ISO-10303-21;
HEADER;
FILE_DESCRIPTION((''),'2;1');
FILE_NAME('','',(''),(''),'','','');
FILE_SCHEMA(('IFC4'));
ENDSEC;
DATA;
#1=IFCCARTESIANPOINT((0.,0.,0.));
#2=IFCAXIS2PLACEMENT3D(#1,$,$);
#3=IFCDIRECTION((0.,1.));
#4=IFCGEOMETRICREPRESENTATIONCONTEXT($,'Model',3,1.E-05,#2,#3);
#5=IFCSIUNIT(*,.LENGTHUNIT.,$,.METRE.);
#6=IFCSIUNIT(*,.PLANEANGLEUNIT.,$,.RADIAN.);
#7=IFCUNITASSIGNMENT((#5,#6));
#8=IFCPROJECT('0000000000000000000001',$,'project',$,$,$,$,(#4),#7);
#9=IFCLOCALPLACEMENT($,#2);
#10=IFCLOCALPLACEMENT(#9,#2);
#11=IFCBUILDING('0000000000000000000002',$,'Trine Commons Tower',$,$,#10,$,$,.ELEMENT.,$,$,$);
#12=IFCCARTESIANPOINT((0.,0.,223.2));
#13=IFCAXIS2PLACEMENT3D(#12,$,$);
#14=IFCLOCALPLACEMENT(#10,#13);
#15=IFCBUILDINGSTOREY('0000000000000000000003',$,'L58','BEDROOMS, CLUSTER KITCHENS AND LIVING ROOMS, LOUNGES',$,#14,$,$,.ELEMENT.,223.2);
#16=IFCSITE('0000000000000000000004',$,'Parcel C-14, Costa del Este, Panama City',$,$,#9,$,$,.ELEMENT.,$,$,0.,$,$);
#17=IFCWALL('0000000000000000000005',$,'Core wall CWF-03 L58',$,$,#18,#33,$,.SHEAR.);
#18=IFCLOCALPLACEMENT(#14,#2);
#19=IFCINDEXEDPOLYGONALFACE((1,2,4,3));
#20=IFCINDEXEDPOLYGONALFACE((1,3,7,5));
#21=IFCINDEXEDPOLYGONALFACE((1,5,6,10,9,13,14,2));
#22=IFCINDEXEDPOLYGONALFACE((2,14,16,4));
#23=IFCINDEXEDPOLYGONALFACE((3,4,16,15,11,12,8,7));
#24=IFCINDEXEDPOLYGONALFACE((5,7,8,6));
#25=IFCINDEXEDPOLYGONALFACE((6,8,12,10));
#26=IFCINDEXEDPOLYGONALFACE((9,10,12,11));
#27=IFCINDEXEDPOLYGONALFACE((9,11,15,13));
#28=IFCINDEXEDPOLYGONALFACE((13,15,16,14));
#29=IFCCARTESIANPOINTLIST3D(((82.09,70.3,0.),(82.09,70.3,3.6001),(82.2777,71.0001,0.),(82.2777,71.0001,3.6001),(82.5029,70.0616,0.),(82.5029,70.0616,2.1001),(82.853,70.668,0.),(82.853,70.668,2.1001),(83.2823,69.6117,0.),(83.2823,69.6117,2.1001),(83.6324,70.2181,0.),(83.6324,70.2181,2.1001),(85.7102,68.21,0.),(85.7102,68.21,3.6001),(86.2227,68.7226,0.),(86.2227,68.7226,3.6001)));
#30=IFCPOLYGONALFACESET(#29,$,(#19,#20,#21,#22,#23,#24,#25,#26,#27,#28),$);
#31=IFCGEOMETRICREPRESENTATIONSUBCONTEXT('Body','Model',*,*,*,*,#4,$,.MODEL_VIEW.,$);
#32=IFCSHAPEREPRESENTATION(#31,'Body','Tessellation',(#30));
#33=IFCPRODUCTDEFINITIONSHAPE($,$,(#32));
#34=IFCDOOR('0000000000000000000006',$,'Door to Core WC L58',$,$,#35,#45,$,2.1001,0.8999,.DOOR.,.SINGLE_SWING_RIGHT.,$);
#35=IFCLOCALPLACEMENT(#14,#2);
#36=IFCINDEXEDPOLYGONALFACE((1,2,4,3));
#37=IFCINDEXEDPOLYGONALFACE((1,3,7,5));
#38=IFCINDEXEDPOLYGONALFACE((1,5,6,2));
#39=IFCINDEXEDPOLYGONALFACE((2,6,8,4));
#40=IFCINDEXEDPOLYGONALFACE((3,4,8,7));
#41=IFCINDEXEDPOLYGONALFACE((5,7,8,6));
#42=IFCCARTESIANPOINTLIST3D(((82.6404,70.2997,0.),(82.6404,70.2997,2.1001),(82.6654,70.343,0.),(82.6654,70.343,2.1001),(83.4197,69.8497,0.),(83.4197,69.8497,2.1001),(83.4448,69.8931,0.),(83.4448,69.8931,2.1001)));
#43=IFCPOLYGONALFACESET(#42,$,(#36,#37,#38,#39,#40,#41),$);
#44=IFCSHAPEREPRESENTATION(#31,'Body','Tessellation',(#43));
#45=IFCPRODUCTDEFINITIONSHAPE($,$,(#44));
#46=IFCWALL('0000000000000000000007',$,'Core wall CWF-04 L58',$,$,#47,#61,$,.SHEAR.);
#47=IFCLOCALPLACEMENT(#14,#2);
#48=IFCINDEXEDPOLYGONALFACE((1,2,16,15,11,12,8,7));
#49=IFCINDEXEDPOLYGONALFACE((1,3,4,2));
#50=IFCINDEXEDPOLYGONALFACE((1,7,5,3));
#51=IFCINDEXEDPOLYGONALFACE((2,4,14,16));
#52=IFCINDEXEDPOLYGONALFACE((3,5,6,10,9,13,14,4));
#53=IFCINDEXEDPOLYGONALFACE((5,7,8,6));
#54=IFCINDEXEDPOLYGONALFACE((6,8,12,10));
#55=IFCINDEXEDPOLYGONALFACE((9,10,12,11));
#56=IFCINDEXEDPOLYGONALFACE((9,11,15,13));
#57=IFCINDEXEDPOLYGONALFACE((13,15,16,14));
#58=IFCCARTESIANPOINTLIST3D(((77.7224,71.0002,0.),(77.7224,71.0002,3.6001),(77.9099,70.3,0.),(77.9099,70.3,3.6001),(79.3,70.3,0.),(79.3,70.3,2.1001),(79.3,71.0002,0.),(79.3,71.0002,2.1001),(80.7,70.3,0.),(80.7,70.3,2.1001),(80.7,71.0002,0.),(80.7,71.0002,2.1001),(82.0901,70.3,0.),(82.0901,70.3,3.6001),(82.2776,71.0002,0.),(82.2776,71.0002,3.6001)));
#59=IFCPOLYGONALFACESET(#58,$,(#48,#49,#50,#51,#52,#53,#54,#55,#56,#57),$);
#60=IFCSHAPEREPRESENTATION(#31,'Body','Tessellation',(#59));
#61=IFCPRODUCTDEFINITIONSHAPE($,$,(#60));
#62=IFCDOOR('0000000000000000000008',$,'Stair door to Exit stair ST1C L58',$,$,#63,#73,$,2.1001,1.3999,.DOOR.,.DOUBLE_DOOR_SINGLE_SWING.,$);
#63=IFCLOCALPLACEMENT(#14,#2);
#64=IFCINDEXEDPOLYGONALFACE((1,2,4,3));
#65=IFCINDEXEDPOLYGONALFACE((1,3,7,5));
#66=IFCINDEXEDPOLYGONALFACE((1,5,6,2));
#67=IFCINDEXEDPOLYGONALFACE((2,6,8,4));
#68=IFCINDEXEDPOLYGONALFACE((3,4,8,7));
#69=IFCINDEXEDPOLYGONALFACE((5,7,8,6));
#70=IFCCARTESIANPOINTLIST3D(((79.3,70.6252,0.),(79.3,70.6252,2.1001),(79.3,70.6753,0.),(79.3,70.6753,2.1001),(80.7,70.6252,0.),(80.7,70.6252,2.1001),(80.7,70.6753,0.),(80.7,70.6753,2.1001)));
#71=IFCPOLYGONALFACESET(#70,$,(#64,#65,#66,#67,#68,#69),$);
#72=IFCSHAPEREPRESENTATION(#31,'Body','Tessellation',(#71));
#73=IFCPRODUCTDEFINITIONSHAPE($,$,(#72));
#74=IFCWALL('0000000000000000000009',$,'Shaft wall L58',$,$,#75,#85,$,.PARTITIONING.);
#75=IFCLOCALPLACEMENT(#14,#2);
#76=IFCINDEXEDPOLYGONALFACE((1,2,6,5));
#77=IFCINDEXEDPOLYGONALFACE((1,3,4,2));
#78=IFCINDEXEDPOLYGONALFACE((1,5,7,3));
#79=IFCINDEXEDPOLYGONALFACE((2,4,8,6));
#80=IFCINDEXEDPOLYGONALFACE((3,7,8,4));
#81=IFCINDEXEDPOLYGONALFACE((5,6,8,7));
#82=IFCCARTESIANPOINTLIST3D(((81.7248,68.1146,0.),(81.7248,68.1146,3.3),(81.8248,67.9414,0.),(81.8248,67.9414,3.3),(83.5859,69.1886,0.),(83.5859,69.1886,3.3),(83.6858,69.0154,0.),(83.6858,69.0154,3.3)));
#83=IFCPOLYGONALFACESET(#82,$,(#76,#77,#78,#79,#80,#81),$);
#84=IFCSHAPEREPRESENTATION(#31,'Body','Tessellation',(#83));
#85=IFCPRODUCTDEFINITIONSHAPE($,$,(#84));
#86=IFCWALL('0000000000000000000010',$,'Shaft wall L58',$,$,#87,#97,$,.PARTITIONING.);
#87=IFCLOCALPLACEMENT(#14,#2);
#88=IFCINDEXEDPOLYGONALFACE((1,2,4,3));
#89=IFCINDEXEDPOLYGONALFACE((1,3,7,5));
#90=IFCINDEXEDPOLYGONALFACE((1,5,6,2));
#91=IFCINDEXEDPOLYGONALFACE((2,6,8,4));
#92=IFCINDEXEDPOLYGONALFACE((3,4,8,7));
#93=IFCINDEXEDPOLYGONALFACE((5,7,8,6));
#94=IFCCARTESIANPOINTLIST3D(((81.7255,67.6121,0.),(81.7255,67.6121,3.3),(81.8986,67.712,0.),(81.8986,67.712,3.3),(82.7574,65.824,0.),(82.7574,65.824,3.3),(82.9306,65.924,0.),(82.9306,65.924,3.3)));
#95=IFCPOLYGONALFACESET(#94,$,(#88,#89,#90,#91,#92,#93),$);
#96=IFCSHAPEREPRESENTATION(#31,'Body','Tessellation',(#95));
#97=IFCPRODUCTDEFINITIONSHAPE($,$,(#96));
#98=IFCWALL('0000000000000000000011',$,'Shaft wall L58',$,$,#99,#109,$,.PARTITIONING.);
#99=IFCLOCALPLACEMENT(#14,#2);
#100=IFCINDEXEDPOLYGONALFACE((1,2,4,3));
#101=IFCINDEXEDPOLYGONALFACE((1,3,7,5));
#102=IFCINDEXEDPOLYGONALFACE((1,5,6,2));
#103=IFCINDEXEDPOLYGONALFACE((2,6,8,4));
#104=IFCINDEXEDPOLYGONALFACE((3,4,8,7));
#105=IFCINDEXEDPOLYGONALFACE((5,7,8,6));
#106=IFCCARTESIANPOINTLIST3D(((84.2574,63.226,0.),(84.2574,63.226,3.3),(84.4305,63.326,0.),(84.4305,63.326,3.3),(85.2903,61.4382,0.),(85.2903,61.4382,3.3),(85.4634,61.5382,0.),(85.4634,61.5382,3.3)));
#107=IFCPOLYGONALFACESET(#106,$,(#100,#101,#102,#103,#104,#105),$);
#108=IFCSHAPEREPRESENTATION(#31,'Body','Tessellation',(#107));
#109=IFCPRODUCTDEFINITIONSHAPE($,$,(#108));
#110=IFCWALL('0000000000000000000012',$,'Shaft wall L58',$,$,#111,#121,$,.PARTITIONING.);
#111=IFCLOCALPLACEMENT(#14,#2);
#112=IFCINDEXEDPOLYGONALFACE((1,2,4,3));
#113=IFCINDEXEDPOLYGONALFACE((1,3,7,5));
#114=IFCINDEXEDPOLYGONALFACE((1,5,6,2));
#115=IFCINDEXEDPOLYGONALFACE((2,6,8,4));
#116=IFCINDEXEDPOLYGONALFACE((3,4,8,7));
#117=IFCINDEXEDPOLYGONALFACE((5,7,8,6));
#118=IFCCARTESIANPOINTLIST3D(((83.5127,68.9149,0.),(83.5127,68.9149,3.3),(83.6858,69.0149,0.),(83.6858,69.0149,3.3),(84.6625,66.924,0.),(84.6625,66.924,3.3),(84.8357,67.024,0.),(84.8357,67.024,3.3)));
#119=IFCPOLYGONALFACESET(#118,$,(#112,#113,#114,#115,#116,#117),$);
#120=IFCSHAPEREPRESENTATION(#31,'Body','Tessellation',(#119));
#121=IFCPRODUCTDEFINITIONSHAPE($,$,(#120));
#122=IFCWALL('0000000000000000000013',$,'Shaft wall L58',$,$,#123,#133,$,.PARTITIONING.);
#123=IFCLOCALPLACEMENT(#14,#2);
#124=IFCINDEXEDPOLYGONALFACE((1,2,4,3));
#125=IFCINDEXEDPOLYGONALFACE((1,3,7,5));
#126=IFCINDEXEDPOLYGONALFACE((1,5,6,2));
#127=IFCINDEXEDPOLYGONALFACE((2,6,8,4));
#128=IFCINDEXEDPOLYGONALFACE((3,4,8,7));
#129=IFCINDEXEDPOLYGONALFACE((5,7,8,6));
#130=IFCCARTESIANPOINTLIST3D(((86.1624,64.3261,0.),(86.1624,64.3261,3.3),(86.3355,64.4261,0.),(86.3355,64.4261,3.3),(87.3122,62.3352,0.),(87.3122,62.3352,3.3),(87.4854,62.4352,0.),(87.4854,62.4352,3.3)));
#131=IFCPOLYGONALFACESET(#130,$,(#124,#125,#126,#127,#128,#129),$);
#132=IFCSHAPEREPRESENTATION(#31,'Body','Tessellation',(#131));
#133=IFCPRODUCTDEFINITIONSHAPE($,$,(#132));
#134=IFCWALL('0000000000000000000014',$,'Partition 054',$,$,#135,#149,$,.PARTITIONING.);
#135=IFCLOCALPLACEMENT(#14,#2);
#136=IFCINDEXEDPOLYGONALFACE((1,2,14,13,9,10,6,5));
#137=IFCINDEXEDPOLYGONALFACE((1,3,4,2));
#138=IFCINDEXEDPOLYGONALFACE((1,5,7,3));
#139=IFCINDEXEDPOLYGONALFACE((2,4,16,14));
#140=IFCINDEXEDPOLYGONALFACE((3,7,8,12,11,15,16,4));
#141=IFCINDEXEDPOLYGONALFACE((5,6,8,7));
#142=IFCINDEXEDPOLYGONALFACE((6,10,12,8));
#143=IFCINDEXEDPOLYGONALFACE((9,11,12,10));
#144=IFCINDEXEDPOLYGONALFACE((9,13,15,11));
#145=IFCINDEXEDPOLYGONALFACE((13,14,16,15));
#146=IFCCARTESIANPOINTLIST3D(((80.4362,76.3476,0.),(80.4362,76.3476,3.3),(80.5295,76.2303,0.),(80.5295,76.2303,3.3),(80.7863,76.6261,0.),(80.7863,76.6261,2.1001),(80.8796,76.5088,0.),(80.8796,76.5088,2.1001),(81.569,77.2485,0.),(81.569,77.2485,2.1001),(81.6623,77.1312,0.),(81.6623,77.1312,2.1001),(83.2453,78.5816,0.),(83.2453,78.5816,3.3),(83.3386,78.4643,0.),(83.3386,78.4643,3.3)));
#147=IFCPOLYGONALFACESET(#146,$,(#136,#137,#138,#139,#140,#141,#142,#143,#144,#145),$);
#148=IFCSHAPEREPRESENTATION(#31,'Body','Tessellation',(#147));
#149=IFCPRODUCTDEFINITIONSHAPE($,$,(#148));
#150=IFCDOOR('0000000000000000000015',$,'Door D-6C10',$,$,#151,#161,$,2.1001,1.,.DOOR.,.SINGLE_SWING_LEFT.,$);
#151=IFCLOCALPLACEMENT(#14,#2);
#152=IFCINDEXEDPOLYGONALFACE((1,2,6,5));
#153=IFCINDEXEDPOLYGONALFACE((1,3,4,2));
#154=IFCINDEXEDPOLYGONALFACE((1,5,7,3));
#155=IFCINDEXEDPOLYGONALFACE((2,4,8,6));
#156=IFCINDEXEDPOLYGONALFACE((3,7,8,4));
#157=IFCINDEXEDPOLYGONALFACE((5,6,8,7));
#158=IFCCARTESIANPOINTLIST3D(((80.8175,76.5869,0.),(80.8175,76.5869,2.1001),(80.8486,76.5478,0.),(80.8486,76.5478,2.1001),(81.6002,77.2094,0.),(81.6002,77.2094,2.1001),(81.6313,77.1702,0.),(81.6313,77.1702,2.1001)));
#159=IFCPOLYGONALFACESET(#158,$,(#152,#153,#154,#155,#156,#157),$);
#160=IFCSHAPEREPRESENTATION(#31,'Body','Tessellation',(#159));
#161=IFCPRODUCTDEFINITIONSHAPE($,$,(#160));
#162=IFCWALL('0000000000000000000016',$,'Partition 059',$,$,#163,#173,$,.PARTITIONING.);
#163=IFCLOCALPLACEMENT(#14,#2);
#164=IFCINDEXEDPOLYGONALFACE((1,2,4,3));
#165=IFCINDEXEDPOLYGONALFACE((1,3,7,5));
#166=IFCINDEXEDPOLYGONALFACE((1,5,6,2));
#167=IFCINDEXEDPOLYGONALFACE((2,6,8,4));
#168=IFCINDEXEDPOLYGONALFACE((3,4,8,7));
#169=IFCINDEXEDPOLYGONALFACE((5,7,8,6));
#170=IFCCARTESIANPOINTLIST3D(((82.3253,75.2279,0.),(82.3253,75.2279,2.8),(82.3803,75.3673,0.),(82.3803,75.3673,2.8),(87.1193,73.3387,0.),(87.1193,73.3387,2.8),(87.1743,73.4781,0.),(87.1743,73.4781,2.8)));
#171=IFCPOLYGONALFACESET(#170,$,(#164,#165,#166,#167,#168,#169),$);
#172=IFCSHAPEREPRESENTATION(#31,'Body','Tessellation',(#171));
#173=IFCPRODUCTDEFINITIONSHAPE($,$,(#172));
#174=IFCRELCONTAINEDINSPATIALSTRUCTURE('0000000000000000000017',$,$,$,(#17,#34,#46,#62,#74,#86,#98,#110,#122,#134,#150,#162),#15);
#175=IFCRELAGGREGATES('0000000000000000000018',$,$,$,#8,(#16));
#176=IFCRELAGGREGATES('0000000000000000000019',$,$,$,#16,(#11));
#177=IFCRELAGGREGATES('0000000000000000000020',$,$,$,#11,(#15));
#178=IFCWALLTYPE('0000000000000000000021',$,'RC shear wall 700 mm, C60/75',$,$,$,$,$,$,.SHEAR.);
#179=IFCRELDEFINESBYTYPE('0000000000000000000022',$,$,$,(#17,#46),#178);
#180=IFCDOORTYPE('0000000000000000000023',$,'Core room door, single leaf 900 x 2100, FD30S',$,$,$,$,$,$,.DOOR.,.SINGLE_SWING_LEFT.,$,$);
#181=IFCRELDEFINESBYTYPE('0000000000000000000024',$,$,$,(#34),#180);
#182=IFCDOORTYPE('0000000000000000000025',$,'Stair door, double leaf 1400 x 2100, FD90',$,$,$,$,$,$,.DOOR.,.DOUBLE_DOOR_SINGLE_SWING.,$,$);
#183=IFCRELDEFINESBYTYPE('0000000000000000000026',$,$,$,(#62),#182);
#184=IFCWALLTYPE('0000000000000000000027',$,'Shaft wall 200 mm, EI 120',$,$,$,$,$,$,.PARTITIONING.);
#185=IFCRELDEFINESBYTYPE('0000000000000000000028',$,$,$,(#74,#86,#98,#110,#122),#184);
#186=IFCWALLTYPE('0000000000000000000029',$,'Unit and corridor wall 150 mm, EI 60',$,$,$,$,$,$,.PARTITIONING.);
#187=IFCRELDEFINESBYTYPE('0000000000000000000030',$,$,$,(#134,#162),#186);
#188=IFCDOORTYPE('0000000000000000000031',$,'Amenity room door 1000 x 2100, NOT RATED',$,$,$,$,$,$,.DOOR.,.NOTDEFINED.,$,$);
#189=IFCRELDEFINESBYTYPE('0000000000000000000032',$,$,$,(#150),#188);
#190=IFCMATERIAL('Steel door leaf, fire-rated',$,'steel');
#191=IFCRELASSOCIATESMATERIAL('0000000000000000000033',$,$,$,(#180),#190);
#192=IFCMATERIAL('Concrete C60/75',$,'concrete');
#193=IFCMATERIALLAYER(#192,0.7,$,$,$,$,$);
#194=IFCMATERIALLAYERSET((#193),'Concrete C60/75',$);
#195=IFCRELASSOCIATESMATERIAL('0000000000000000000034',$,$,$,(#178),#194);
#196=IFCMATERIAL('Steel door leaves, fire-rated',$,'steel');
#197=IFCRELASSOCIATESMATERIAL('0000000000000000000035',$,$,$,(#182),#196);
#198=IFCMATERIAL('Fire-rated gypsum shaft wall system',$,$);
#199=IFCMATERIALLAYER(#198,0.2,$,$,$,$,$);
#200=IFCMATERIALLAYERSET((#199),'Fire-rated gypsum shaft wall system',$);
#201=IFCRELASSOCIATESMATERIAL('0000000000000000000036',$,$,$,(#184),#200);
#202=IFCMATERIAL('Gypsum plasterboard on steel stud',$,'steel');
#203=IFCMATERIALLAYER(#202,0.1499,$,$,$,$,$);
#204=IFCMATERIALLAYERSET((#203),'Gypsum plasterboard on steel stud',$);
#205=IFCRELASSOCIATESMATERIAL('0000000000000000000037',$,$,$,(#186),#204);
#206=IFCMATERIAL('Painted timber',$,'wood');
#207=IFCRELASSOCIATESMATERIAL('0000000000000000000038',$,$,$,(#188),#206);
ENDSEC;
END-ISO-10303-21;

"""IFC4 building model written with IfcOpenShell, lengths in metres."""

from ifc_helpers import new_model, si_unit, direction, frame, frame_2d, origin, place, context, subcontext, project, spatial, polyline, rectangle, outline, extrude, material, layer, layer_set, type_object, element, fill, save


model = new_model("IFC4")

# Units and contexts
model_context = context("Model", 3, precision=1e-05, world=origin(), true_north=direction((0.0, 1.0)))
body_context = subcontext(model_context, "Body", "Model", "MODEL_VIEW")
ifc_project = project(units=[si_unit("LENGTHUNIT", "METRE"), si_unit("PLANEANGLEUNIT", "RADIAN")], contexts=[model_context])

# Site, building, storey
site_placement = place(None, origin())
site = spatial("IfcSite", under=ifc_project, at=site_placement, Name="Parcel C-14, Costa del Este, Panama City", CompositionType="ELEMENT", RefElevation=0.0)
building_placement = place(site_placement, origin())
building = spatial("IfcBuilding", under=site, at=building_placement, Name="Trine Commons Tower", CompositionType="ELEMENT")
storey_placement = place(building_placement, frame((0.0, 0.0, 223.2)))
storey = spatial("IfcBuildingStorey", under=building, at=storey_placement, Name="L58", Description="BEDROOMS, CLUSTER KITCHENS AND LIVING ROOMS, LOUNGES", CompositionType="ELEMENT", Elevation=223.2)

# Shared definitions
ifc_material_1 = material(Name="Fire-rated gypsum shaft wall system")
ifc_material_2 = material(Name="Steel door leaf, fire-rated", Category="steel")
ifc_material_3 = material(Name="Concrete C60/75", Category="concrete")
door_type_1 = type_object("IfcDoorType", Name="Core room door, single leaf 900 x 2100, FD30S", OperationType="SINGLE_SWING_LEFT", PredefinedType="DOOR", material=ifc_material_2)

# Walls, openings, doors
ifc_layer_1 = layer(ifc_material_3, 0.7)
ifc_layer_set_1 = layer_set([ifc_layer_1], Name="Concrete C60/75")
wall_type_1 = type_object("IfcWallType", Name="RC shear wall 700 mm, C60/75", PredefinedType="SHEAR", material=ifc_layer_set_1)
wall_1_placement = place(storey_placement, frame((86.0476, 68.4194, 0.0), z_axis=(0.0, 0.0, 1.0), x_axis=(-0.866035, 0.499984, 0.0)))
wall_1 = element("IfcWall", 1, at=wall_1_placement, inside=storey, type_object=wall_type_1, Name="Core wall CWF-03 L58", PredefinedType="SHEAR", context=body_context, shape_type="SweptSolid", body=[
    extrude(outline(polyline([(0.0, -0.3501), (4.5552, -0.3501), (4.3677, 0.3501), (0.1875, 0.3501), (0.0, -0.3501)])), origin(), (0.0, 0.0, 1.0), 3.6001),
])
opening_1_placement = place(wall_1_placement, frame((2.991, 0.0, 0.0)))
opening_1 = element("IfcOpeningElement", 2, at=opening_1_placement, cuts=wall_1, PredefinedType="OPENING", context=body_context, shape_type="SweptSolid", body=[
    extrude(rectangle(XDim=0.8999, YDim=2.1001, at=frame_2d((0.45, 1.05))), frame((0.0, 0.3599, 0.0), z_axis=(0.0, -1.0, 0.0), x_axis=(1.0, 0.0, 0.0)), (0.0, 0.0, 1.0), 0.72),
])
door_1_placement = place(opening_1_placement, origin())
door_1 = element("IfcDoor", 3, at=door_1_placement, inside=storey, type_object=door_type_1, Name="Door to Core WC L58", OperationType="SINGLE_SWING_RIGHT", OverallHeight=2.1001, OverallWidth=0.8999, PredefinedType="DOOR", context=body_context, shape_type="SweptSolid", body=[
    extrude(rectangle(XDim=0.8999, YDim=2.1001, at=frame_2d((0.45, 1.05))), frame((0.0, 0.0752, 0.0), z_axis=(0.0, -1.0, 0.0), x_axis=(1.0, 0.0, 0.0)), (0.0, 0.0, 1.0), 0.05),
])
fill(opening_1, door_1)
wall_2_placement = place(storey_placement, frame((82.2776, 70.6501, 0.0), z_axis=(0.0, 0.0, 1.0), x_axis=(-1.0, 0.0, 0.0)))
wall_2 = element("IfcWall", 4, at=wall_2_placement, inside=storey, type_object=wall_type_1, Name="Core wall CWF-04 L58", PredefinedType="SHEAR", context=body_context, shape_type="SweptSolid", body=[
    extrude(outline(polyline([(0.0, -0.3501), (4.5552, -0.3501), (4.3677, 0.3501), (0.1875, 0.3501), (0.0, -0.3501)])), origin(), (0.0, 0.0, 1.0), 3.6001),
])
opening_2_placement = place(wall_2_placement, frame((1.5776, 0.0, 0.0)))
opening_2 = element("IfcOpeningElement", 5, at=opening_2_placement, cuts=wall_2, PredefinedType="OPENING", context=body_context, shape_type="SweptSolid", body=[
    extrude(rectangle(XDim=1.3999, YDim=2.1001, at=frame_2d((0.7, 1.05))), frame((0.0, 0.3599, 0.0), z_axis=(0.0, -1.0, 0.0), x_axis=(1.0, 0.0, 0.0)), (0.0, 0.0, 1.0), 0.72),
])
ifc_material_4 = material(Name="Steel door leaves, fire-rated", Category="steel")
door_type_2 = type_object("IfcDoorType", Name="Stair door, double leaf 1400 x 2100, FD90", OperationType="DOUBLE_DOOR_SINGLE_SWING", PredefinedType="DOOR", material=ifc_material_4)
door_2_placement = place(opening_2_placement, origin())
door_2 = element("IfcDoor", 6, at=door_2_placement, inside=storey, type_object=door_type_2, Name="Stair door to Exit stair ST1C L58", OperationType="DOUBLE_DOOR_SINGLE_SWING", OverallHeight=2.1001, OverallWidth=1.3999, PredefinedType="DOOR", context=body_context, shape_type="SweptSolid", body=[
    extrude(rectangle(XDim=1.3999, YDim=2.1001, at=frame_2d((0.7, 1.05))), frame((0.0, 0.0249, 0.0), z_axis=(0.0, -1.0, 0.0), x_axis=(1.0, 0.0, 0.0)), (0.0, 0.0, 1.0), 0.05),
])
fill(opening_2, door_2)

# Walls
ifc_layer_2 = layer(ifc_material_1, 0.2)
ifc_layer_set_2 = layer_set([ifc_layer_2], Name="Fire-rated gypsum shaft wall system")
wall_type_2 = type_object("IfcWallType", Name="Shaft wall 200 mm, EI 120", PredefinedType="PARTITIONING", material=ifc_layer_set_2)
wall_3_placement = place(storey_placement, frame((81.7749, 68.0281, 0.0), z_axis=(0.0, 0.0, 1.0), x_axis=(0.866131, 0.499818, 0.0)))
element("IfcWall", 7, at=wall_3_placement, inside=storey, type_object=wall_type_2, Name="Shaft wall L58", PredefinedType="PARTITIONING", context=body_context, shape_type="SweptSolid", body=[
    extrude(rectangle(XDim=2.1487, YDim=0.2, at=frame_2d((1.0742, 0.0))), origin(), (0.0, 0.0, 1.0), 3.3),
])
wall_4_placement = place(storey_placement, frame((82.844, 65.874, 0.0), z_axis=(0.0, 0.0, 1.0), x_axis=(-0.499866, 0.866103, 0.0)))
element("IfcWall", 8, at=wall_4_placement, inside=storey, type_object=wall_type_2, Name="Shaft wall L58", PredefinedType="PARTITIONING", context=body_context, shape_type="SweptSolid", body=[
    extrude(rectangle(XDim=2.0645, YDim=0.2, at=frame_2d((1.0322, 0.0))), origin(), (0.0, 0.0, 1.0), 3.3),
])
wall_5_placement = place(storey_placement, frame((84.344, 63.2759, 0.0), z_axis=(0.0, 0.0, 1.0), x_axis=(0.500272, -0.865868, 0.0)))
element("IfcWall", 9, at=wall_5_placement, inside=storey, type_object=wall_type_2, Name="Shaft wall L58", PredefinedType="PARTITIONING", context=body_context, shape_type="SweptSolid", body=[
    extrude(rectangle(XDim=2.0647, YDim=0.2, at=frame_2d((1.0322, 0.0))), origin(), (0.0, 0.0, 1.0), 3.3),
])
for number, where, z_axis, x_axis, name in (
    (10, (84.749, 66.9741, 0.0), (0.0, 0.0, 1.0), (-0.500136, 0.865947, 0.0), "Shaft wall L58"),
    (11, (86.249, 64.376, 0.0), (0.0, 0.0, 1.0), (0.500136, -0.865947, 0.0), "Shaft wall L58"),
):
    element("IfcWall", number, at=place(storey_placement, frame(where, z_axis=z_axis, x_axis=x_axis)), inside=storey, type_object=wall_type_2, Name=name, PredefinedType="PARTITIONING", context=body_context, shape_type="SweptSolid", body=[
        extrude(rectangle(XDim=2.2991, YDim=0.2, at=frame_2d((1.1494, 0.0))), origin(), (0.0, 0.0, 1.0), 3.3),
    ])

# Wall, opening, door
ifc_material_5 = material(Name="Gypsum plasterboard on steel stud", Category="steel")
ifc_layer_3 = layer(ifc_material_5, 0.1499)
ifc_layer_set_3 = layer_set([ifc_layer_3], Name="Gypsum plasterboard on steel stud")
wall_type_3 = type_object("IfcWallType", Name="Unit and corridor wall 150 mm, EI 60", PredefinedType="PARTITIONING", material=ifc_layer_set_3)
wall_6_placement = place(storey_placement, frame((80.4829, 76.2891, 0.0), z_axis=(0.0, 0.0, 1.0), x_axis=(0.782684, 0.622419, 0.0)))
wall_6 = element("IfcWall", 12, at=wall_6_placement, inside=storey, type_object=wall_type_3, Name="Partition 054", PredefinedType="PARTITIONING", context=body_context, shape_type="SweptSolid", body=[
    extrude(rectangle(XDim=3.5891, YDim=0.1499, at=frame_2d((1.7944, 0.0))), origin(), (0.0, 0.0, 1.0), 3.3),
])
opening_3_placement = place(wall_6_placement, frame((0.4473, 0.0, 0.0)))
opening_3 = element("IfcOpeningElement", 13, at=opening_3_placement, cuts=wall_6, PredefinedType="OPENING", context=body_context, shape_type="SweptSolid", body=[
    extrude(rectangle(XDim=1.0, YDim=2.1001, at=frame_2d((0.5, 1.05))), frame((0.0, 0.085, 0.0), z_axis=(0.0, -1.0, 0.0), x_axis=(1.0, 0.0, 0.0)), (0.0, 0.0, 1.0), 0.1699),
])
ifc_material_6 = material(Name="Painted timber", Category="wood")
door_type_3 = type_object("IfcDoorType", Name="Amenity room door 1000 x 2100, NOT RATED", OperationType="NOTDEFINED", PredefinedType="DOOR", material=ifc_material_6)
door_3_placement = place(opening_3_placement, origin())
door_3 = element("IfcDoor", 14, at=door_3_placement, inside=storey, type_object=door_type_3, Name="Door D-6C10", OperationType="SINGLE_SWING_LEFT", OverallHeight=2.1001, OverallWidth=1.0, PredefinedType="DOOR", context=body_context, shape_type="SweptSolid", body=[
    extrude(rectangle(XDim=1.0, YDim=2.1001, at=frame_2d((0.5, 1.05))), frame((0.0, 0.0249, 0.0), z_axis=(0.0, -1.0, 0.0), x_axis=(1.0, 0.0, 0.0)), (0.0, 0.0, 1.0), 0.05),
])
fill(opening_3, door_3)

# Wall
wall_7_placement = place(storey_placement, frame((82.3528, 75.2976, 0.0), z_axis=(0.0, 0.0, 1.0), x_axis=(0.930366, -0.366631, 0.0)))
element("IfcWall", 15, at=wall_7_placement, inside=storey, type_object=wall_type_3, Name="Partition 059", PredefinedType="PARTITIONING", context=body_context, shape_type="SweptSolid", body=[
    extrude(rectangle(XDim=5.1528, YDim=0.1499, at=frame_2d((2.5764, 0.0))), origin(), (0.0, 0.0, 1.0), 2.8),
])

save(model, "model.ifc")
